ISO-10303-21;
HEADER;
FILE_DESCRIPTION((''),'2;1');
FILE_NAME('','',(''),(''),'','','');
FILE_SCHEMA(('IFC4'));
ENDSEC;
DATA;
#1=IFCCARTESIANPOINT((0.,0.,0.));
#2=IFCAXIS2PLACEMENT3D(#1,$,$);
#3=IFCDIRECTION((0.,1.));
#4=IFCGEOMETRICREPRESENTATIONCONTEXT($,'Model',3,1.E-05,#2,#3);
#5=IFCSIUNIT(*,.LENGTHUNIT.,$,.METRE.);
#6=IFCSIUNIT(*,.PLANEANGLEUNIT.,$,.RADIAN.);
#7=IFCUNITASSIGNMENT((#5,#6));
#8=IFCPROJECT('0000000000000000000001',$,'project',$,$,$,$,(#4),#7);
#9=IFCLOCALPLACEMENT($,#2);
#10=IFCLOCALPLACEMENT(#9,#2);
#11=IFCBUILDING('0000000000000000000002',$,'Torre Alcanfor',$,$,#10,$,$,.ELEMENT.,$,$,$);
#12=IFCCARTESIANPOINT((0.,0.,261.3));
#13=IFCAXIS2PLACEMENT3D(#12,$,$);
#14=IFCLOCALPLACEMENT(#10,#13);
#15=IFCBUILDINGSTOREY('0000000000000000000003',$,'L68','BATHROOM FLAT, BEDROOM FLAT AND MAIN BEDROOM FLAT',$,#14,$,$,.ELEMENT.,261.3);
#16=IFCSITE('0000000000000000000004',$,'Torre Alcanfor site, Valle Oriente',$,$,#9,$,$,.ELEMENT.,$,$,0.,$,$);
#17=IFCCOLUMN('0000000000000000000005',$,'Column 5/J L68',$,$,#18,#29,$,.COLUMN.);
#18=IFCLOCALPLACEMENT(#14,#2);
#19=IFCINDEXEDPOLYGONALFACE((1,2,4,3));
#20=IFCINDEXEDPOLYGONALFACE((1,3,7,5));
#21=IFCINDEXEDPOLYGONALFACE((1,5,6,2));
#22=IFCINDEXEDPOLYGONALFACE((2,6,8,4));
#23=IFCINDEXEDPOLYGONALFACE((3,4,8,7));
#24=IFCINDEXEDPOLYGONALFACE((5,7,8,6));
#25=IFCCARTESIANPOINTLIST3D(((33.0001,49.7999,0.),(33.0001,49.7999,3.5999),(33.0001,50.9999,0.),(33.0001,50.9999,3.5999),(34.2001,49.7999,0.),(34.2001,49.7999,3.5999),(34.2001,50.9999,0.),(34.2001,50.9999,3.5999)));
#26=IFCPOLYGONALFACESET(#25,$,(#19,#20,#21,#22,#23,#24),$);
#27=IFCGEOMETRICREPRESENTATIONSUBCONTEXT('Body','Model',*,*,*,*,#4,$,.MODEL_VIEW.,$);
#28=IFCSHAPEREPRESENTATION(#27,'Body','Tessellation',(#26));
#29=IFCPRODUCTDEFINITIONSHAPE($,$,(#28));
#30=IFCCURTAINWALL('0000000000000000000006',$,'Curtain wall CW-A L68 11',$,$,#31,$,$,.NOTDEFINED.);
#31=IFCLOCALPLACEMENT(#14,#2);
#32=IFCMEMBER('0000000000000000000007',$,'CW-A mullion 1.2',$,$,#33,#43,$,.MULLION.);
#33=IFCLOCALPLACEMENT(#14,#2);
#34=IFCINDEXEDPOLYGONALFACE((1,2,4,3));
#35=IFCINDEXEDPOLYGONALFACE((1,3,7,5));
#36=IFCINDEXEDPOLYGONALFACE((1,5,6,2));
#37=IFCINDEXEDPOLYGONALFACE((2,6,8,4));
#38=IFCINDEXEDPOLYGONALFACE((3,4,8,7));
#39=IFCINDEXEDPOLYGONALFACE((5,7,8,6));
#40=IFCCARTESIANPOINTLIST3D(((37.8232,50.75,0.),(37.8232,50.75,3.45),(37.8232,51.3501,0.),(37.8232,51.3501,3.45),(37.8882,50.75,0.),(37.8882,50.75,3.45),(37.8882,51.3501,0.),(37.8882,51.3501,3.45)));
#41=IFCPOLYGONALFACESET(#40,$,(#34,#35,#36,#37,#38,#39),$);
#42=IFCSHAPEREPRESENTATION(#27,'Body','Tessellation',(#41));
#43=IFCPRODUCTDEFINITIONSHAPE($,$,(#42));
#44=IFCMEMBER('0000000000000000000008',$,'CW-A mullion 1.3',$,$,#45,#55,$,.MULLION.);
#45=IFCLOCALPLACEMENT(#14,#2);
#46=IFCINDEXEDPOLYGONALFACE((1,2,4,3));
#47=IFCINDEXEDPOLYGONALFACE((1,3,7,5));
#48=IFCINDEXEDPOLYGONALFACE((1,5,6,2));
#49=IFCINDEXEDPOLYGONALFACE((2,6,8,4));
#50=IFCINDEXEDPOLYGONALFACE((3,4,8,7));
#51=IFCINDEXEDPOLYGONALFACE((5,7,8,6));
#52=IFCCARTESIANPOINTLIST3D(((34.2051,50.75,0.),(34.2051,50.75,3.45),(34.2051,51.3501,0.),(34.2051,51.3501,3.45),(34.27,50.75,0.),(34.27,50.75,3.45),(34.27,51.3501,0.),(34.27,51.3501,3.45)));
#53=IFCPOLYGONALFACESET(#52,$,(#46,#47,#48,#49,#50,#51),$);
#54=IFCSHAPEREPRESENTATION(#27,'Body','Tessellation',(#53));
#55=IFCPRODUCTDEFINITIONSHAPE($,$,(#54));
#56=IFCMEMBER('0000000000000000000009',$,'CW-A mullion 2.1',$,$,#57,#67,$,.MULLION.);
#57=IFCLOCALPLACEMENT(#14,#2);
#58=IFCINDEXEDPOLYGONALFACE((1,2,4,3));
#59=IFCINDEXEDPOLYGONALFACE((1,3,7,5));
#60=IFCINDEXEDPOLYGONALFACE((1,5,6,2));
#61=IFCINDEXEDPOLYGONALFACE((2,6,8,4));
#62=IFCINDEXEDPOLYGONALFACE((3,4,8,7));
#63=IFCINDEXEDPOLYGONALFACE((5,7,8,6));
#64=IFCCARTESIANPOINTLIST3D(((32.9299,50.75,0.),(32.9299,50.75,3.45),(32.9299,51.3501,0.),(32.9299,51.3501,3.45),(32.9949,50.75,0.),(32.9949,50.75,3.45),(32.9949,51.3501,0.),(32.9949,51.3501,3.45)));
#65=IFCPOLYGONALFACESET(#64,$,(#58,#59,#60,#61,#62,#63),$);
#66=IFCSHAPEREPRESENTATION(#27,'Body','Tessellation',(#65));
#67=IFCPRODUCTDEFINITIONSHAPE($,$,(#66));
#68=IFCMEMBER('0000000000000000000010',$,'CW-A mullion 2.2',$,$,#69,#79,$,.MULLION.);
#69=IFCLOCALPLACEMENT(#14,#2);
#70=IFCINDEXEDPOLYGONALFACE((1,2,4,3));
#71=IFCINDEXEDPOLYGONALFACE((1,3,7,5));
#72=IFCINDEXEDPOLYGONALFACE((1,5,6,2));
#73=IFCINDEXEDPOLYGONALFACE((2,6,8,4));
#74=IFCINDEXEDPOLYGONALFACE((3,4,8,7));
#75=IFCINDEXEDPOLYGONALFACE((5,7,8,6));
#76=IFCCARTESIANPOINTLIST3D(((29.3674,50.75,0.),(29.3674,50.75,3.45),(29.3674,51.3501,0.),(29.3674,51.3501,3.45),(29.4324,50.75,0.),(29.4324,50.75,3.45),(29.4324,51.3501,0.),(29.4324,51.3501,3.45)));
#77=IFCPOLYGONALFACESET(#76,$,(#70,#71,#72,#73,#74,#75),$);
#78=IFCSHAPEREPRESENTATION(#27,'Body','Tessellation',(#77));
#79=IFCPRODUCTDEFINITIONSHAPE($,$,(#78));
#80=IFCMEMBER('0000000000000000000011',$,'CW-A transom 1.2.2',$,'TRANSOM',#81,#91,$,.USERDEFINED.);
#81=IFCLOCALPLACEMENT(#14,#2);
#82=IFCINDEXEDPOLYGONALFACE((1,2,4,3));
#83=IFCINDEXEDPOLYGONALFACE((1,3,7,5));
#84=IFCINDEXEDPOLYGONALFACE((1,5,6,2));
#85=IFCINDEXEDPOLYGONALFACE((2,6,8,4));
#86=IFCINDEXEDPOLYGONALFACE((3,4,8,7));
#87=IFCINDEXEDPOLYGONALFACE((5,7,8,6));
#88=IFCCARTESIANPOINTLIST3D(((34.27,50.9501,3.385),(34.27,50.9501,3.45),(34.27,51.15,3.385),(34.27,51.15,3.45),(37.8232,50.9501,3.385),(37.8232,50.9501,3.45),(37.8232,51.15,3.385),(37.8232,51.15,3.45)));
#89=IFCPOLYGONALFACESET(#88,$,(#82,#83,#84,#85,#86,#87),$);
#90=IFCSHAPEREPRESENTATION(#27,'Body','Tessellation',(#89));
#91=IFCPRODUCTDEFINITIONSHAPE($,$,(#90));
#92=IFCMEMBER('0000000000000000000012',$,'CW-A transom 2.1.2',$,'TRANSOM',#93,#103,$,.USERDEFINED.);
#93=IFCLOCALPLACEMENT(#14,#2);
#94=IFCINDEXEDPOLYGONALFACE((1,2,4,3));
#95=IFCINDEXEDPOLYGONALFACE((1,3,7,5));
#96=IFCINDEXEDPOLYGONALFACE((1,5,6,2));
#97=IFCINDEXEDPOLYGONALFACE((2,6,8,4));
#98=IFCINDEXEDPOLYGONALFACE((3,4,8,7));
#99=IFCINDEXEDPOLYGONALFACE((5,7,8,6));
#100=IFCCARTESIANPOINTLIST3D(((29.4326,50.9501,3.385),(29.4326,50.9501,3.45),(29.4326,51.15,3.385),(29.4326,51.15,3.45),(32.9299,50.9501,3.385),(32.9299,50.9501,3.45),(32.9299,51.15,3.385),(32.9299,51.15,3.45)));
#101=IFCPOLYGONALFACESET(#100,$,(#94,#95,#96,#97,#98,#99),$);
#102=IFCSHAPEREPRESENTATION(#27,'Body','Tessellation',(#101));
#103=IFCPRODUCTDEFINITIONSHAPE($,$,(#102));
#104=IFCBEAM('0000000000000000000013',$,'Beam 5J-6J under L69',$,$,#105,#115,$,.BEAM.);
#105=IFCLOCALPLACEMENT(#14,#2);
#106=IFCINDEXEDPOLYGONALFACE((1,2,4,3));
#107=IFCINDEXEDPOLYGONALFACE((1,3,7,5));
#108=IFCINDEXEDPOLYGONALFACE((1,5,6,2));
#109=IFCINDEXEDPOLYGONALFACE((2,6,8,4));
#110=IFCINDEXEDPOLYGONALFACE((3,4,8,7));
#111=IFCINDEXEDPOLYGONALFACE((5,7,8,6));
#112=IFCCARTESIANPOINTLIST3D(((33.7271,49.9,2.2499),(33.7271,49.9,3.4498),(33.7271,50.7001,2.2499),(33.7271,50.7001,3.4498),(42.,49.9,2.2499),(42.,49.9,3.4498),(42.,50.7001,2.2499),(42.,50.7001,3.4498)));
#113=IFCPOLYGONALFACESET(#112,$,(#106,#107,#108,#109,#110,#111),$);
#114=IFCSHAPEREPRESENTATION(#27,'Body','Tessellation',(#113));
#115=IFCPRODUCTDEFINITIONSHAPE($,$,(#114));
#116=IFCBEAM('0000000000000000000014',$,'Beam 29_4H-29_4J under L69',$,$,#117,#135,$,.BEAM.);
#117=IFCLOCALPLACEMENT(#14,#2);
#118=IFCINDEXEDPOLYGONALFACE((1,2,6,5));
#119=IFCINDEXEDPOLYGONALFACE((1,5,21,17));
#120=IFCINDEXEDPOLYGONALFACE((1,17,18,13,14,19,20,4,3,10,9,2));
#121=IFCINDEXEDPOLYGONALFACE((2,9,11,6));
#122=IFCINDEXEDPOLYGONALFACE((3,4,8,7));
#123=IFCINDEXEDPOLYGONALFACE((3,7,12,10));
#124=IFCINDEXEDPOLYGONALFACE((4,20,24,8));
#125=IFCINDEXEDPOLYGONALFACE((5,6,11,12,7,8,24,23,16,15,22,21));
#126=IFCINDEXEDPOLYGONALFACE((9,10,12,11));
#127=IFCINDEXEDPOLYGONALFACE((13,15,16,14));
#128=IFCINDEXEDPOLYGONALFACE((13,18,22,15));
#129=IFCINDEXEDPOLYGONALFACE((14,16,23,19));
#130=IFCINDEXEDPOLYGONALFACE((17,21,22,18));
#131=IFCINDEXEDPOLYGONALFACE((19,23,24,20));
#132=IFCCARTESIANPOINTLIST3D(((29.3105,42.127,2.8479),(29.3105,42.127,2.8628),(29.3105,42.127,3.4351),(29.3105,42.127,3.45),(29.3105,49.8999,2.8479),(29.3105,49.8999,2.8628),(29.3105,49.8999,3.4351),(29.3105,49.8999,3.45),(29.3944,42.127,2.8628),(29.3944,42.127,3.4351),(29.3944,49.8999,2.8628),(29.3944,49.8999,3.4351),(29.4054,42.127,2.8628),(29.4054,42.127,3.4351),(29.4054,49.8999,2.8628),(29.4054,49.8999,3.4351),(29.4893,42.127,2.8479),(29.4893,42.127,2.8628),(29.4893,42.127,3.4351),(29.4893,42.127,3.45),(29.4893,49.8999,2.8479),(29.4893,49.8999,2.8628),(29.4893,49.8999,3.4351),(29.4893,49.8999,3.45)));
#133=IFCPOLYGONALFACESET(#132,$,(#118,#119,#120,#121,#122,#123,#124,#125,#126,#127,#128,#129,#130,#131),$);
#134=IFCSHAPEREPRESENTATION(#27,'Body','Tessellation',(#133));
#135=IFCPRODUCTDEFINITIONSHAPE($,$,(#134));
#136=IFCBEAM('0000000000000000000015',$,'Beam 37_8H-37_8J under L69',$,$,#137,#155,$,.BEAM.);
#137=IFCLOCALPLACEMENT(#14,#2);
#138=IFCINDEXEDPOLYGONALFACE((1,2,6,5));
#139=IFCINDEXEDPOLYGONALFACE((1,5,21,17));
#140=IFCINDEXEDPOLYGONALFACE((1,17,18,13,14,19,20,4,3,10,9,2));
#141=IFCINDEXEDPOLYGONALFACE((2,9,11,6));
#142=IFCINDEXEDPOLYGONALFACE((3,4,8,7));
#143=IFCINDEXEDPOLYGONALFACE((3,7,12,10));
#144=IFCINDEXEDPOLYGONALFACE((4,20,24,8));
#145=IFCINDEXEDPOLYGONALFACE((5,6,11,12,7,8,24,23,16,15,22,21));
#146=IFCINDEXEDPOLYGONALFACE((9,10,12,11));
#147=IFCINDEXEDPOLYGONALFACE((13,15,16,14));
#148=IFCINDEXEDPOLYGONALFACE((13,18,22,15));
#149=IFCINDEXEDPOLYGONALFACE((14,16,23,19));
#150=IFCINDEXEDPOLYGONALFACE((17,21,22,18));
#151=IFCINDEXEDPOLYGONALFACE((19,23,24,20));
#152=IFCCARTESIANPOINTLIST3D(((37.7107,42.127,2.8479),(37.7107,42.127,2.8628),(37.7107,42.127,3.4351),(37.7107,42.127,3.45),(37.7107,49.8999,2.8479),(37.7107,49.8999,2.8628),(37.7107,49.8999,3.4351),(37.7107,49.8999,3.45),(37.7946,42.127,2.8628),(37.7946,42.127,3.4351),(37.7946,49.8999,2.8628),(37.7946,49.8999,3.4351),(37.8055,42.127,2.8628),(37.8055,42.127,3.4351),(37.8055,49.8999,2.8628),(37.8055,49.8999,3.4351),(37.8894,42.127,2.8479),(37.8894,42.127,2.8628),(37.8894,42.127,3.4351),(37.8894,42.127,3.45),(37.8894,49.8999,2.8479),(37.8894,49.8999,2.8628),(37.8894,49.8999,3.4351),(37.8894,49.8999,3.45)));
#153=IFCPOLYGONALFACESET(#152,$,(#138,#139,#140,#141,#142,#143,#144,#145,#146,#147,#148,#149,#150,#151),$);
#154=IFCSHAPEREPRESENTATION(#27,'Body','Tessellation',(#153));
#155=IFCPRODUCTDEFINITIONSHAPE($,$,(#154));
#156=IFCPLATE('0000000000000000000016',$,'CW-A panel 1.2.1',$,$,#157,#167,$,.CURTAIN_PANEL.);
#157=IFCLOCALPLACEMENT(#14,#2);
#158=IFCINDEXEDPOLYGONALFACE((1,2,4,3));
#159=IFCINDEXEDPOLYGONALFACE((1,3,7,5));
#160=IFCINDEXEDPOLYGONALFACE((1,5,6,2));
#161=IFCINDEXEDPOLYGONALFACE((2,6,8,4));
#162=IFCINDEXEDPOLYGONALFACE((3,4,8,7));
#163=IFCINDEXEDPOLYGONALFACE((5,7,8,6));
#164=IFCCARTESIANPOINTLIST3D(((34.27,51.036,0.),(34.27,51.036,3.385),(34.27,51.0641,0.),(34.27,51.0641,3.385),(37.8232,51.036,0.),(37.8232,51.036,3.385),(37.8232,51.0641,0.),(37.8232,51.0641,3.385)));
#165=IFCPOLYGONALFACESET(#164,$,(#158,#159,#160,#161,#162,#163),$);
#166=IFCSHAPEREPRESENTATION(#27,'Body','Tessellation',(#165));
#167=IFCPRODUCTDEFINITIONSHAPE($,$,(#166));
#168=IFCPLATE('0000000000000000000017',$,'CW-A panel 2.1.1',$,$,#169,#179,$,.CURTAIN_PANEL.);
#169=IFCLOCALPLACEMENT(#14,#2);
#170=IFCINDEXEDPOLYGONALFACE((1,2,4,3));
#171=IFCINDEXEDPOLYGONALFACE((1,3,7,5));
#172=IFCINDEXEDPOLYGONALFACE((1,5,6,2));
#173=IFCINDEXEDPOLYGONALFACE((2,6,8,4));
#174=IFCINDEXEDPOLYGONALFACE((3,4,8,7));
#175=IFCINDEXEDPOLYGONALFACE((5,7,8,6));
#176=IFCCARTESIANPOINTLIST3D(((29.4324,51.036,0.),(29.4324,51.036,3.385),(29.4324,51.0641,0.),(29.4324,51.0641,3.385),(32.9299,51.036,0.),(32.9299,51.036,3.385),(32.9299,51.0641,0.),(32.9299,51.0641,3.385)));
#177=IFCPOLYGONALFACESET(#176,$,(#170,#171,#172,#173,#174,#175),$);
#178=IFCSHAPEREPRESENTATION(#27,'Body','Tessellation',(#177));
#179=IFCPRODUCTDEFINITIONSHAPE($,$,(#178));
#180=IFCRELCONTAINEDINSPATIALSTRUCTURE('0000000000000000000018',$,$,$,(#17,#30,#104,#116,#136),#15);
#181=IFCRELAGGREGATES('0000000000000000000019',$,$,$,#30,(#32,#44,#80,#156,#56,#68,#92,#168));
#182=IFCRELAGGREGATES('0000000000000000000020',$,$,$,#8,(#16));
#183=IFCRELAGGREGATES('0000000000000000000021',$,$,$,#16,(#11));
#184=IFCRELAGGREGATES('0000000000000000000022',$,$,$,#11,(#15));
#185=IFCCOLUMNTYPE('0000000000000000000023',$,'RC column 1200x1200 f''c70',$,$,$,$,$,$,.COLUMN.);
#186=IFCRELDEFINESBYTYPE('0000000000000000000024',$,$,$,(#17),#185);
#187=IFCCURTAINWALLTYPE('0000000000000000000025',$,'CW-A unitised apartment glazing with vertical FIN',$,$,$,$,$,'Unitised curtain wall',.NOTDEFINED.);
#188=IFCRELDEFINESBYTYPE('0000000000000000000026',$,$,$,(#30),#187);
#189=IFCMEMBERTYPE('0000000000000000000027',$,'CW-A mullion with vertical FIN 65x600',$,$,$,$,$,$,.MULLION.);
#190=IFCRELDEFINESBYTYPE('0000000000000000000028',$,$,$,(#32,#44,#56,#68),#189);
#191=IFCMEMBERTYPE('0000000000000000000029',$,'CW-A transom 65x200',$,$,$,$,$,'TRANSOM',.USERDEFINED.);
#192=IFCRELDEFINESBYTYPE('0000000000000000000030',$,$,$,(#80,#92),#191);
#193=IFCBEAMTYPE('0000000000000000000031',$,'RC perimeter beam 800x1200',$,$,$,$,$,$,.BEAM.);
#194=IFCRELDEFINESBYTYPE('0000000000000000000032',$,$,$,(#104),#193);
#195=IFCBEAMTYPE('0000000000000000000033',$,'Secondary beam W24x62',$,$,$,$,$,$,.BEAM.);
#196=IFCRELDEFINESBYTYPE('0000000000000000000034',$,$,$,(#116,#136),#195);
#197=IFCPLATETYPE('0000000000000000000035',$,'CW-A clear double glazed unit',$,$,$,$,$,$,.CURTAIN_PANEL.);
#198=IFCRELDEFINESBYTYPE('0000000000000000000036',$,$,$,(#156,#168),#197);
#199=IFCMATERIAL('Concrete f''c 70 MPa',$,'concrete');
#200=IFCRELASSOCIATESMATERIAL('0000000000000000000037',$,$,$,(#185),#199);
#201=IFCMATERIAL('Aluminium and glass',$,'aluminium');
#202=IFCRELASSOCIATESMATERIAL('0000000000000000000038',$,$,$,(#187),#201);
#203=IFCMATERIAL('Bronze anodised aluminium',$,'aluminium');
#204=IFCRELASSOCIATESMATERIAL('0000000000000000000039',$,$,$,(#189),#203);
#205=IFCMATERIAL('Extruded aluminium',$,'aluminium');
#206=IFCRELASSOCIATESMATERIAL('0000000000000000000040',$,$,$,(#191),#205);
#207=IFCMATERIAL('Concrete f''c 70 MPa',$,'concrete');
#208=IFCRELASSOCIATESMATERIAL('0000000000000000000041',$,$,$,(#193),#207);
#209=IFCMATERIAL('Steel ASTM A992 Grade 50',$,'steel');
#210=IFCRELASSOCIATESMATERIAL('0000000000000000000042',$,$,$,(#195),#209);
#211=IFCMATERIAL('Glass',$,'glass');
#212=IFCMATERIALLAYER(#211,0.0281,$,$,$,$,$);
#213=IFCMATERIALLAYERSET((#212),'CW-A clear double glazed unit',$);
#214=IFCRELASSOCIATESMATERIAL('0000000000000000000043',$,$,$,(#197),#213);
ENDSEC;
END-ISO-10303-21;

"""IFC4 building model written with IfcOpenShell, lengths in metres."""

from ifc_helpers import new_model, si_unit, direction, frame, origin, origin_2d, place, context, subcontext, project, spatial, rectangle, i_section, extrude, material, layer, layer_set, material_profile, profile_set, type_object, element, aggregate, save


model = new_model("IFC4")

# Units and contexts
model_context = context("Model", 3, precision=1e-05, world=origin(), true_north=direction((0.0, 1.0)))
body_context = subcontext(model_context, "Body", "Model", "MODEL_VIEW")
ifc_project = project(units=[si_unit("LENGTHUNIT", "METRE"), si_unit("PLANEANGLEUNIT", "RADIAN")], contexts=[model_context])

# Site, building, storey
site_placement = place(None, origin())
site = spatial("IfcSite", under=ifc_project, at=site_placement, Name="Torre Alcanfor site, Valle Oriente", CompositionType="ELEMENT", RefElevation=0.0)
building_placement = place(site_placement, origin())
building = spatial("IfcBuilding", under=site, at=building_placement, Name="Torre Alcanfor", CompositionType="ELEMENT")
storey_placement = place(building_placement, frame((0.0, 0.0, 261.3)))
storey = spatial("IfcBuildingStorey", under=building, at=storey_placement, Name="L68", Description="BATHROOM FLAT, BEDROOM FLAT AND MAIN BEDROOM FLAT", CompositionType="ELEMENT", Elevation=261.3)

# Column
ifc_material_1 = material(Name="Concrete f'c 70 MPa", Category="concrete")
ifc_material_profile_1 = material_profile(ifc_material_1, rectangle(XDim=1.2, YDim=1.2, at=origin_2d()), Name="1200x1200")
ifc_profile_set_1 = profile_set([ifc_material_profile_1], Name="Concrete f'c 70 MPa")
column_type = type_object("IfcColumnType", Name="RC column 1200x1200 f'c70", PredefinedType="COLUMN", material=ifc_profile_set_1)
column_placement = place(storey_placement, frame((33.6001, 50.3999, 0.0), z_axis=(0.0, 0.0, 1.0), x_axis=(1.0, 0.0, 0.0)))
element("IfcColumn", 1, at=column_placement, inside=storey, type_object=column_type, Name="Column 5/J L68", PredefinedType="COLUMN", context=body_context, shape_type="SweptSolid", body=[
    extrude(rectangle(XDim=1.2, YDim=1.2, at=origin_2d()), origin(), (0.0, 0.0, 1.0), 3.5999),
])

# Curtain wall, members
ifc_material_2 = material(Name="Aluminium and glass", Category="aluminium")
curtain_wall_type = type_object("IfcCurtainWallType", Name="CW-A unitised apartment glazing with vertical FIN", ElementType="Unitised curtain wall", PredefinedType="NOTDEFINED", material=ifc_material_2)
curtain_wall_placement = place(storey_placement, origin())
curtain_wall = element("IfcCurtainWall", 2, at=curtain_wall_placement, inside=storey, type_object=curtain_wall_type, Name="Curtain wall CW-A L68 11", PredefinedType="NOTDEFINED")
ifc_material_3 = material(Name="Bronze anodised aluminium", Category="aluminium")
ifc_material_profile_2 = material_profile(ifc_material_3, rectangle(XDim=0.6001, YDim=0.0649, at=origin_2d()), Name="CW-A mullion 65x600")
ifc_profile_set_2 = profile_set([ifc_material_profile_2], Name="Bronze anodised aluminium")
member_type_1 = type_object("IfcMemberType", Name="CW-A mullion with vertical FIN 65x600", PredefinedType="MULLION", material=ifc_profile_set_2)
member_1_placement = place(storey_placement, frame((37.8557, 51.05, 0.0), z_axis=(0.0, 0.0, 1.0), x_axis=(0.0, -1.0, 0.0)))
member_1 = element("IfcMember", 3, at=member_1_placement, type_object=member_type_1, Name="CW-A mullion 1.2", PredefinedType="MULLION", context=body_context, shape_type="SweptSolid", body=[
    extrude(rectangle(XDim=0.6001, YDim=0.0649, at=origin_2d()), origin(), (0.0, 0.0, 1.0), 3.45),
])
member_2_placement = place(storey_placement, frame((34.2375, 51.05, 0.0), z_axis=(0.0, 0.0, 1.0), x_axis=(0.0, -1.0, 0.0)))
member_2 = element("IfcMember", 4, at=member_2_placement, type_object=member_type_1, Name="CW-A mullion 1.3", PredefinedType="MULLION", context=body_context, shape_type="SweptSolid", body=[
    extrude(rectangle(XDim=0.6001, YDim=0.0649, at=origin_2d()), origin(), (0.0, 0.0, 1.0), 3.45),
])
member_3_placement = place(storey_placement, frame((32.9624, 51.05, 0.0), z_axis=(0.0, 0.0, 1.0), x_axis=(0.0, -1.0, 0.0)))
member_3 = element("IfcMember", 5, at=member_3_placement, type_object=member_type_1, Name="CW-A mullion 2.1", PredefinedType="MULLION", context=body_context, shape_type="SweptSolid", body=[
    extrude(rectangle(XDim=0.6001, YDim=0.0649, at=origin_2d()), origin(), (0.0, 0.0, 1.0), 3.45),
])
member_4_placement = place(storey_placement, frame((29.3999, 51.05, 0.0), z_axis=(0.0, 0.0, 1.0), x_axis=(0.0, -1.0, 0.0)))
member_4 = element("IfcMember", 6, at=member_4_placement, type_object=member_type_1, Name="CW-A mullion 2.2", PredefinedType="MULLION", context=body_context, shape_type="SweptSolid", body=[
    extrude(rectangle(XDim=0.6001, YDim=0.0649, at=origin_2d()), origin(), (0.0, 0.0, 1.0), 3.45),
])
ifc_material_4 = material(Name="Extruded aluminium", Category="aluminium")
ifc_material_profile_3 = material_profile(ifc_material_4, rectangle(XDim=0.2, YDim=0.0649, at=origin_2d()), Name="CW-A transom 200x65")
ifc_profile_set_3 = profile_set([ifc_material_profile_3], Name="Extruded aluminium")
member_type_2 = type_object("IfcMemberType", Name="CW-A transom 65x200", ElementType="TRANSOM", PredefinedType="USERDEFINED", material=ifc_profile_set_3)
member_5_placement = place(storey_placement, frame((37.8232, 51.05, 3.4175), z_axis=(-1.0, 0.0, 0.0), x_axis=(0.0, -1.0, 0.0)))
member_5 = element("IfcMember", 7, at=member_5_placement, type_object=member_type_2, Name="CW-A transom 1.2.2", ObjectType="TRANSOM", PredefinedType="USERDEFINED", context=body_context, shape_type="SweptSolid", body=[
    extrude(rectangle(XDim=0.2, YDim=0.0649, at=origin_2d()), origin(), (0.0, 0.0, 1.0), 3.5532),
])
member_6_placement = place(storey_placement, frame((32.9299, 51.05, 3.4175), z_axis=(-1.0, 0.0, 0.0), x_axis=(0.0, -1.0, 0.0)))
member_6 = element("IfcMember", 8, at=member_6_placement, type_object=member_type_2, Name="CW-A transom 2.1.2", ObjectType="TRANSOM", PredefinedType="USERDEFINED", context=body_context, shape_type="SweptSolid", body=[
    extrude(rectangle(XDim=0.2, YDim=0.0649, at=origin_2d()), origin(), (0.0, 0.0, 1.0), 3.4973),
])

# Beams
ifc_material_5 = material(Name="Concrete f'c 70 MPa", Category="concrete")
ifc_material_profile_4 = material_profile(ifc_material_5, rectangle(XDim=0.8, YDim=1.2, at=origin_2d()), Name="800x1200")
ifc_profile_set_4 = profile_set([ifc_material_profile_4], Name="Concrete f'c 70 MPa")
beam_type_1 = type_object("IfcBeamType", Name="RC perimeter beam 800x1200", PredefinedType="BEAM", material=ifc_profile_set_4)
beam_placement = place(storey_placement, frame((33.7271, 50.3, 2.8499), z_axis=(1.0, 0.0, 0.0), x_axis=(0.0, 1.0, 0.0)))
element("IfcBeam", 9, at=beam_placement, inside=storey, type_object=beam_type_1, Name="Beam 5J-6J under L69", PredefinedType="BEAM", context=body_context, shape_type="SweptSolid", body=[
    extrude(rectangle(XDim=0.8, YDim=1.2, at=origin_2d()), origin(), (0.0, 0.0, 1.0), 8.2729),
])
ifc_material_6 = material(Name="Steel ASTM A992 Grade 50", Category="steel")
ifc_material_profile_5 = material_profile(ifc_material_6, i_section(OverallWidth=0.1787, OverallDepth=0.6021, WebThickness=0.011, FlangeThickness=0.0149, at=origin_2d()), Name="W24x62")
ifc_profile_set_5 = profile_set([ifc_material_profile_5], Name="Steel ASTM A992 Grade 50")
beam_type_2 = type_object("IfcBeamType", Name="Secondary beam W24x62", PredefinedType="BEAM", material=ifc_profile_set_5)
for number, where, z_axis, x_axis, name in (
    (10, (29.3999, 42.127, 3.1489), (0.0, 1.0, 0.0), (-1.0, 0.0, 0.0), "Beam 29_4H-29_4J under L69"),
    (11, (37.8, 42.127, 3.1489), (0.0, 1.0, 0.0), (-1.0, 0.0, 0.0), "Beam 37_8H-37_8J under L69"),
):
    element("IfcBeam", number, at=place(storey_placement, frame(where, z_axis=z_axis, x_axis=x_axis)), inside=storey, type_object=beam_type_2, Name=name, PredefinedType="BEAM", context=body_context, shape_type="SweptSolid", body=[
        extrude(i_section(OverallWidth=0.1787, OverallDepth=0.6021, WebThickness=0.011, FlangeThickness=0.0149, at=origin_2d()), origin(), (0.0, 0.0, 1.0), 7.7729),
    ])

# Plates
ifc_material_7 = material(Name="Glass", Category="glass")
ifc_layer_1 = layer(ifc_material_7, 0.0281)
ifc_layer_set_1 = layer_set([ifc_layer_1], Name="CW-A clear double glazed unit")
plate_type = type_object("IfcPlateType", Name="CW-A clear double glazed unit", PredefinedType="CURTAIN_PANEL", material=ifc_layer_set_1)
plate_1_placement = place(storey_placement, frame((36.0466, 51.05, 0.0), z_axis=(0.0, 0.0, 1.0), x_axis=(-1.0, 0.0, 0.0)))
plate_1 = element("IfcPlate", 12, at=plate_1_placement, type_object=plate_type, Name="CW-A panel 1.2.1", PredefinedType="CURTAIN_PANEL", context=body_context, shape_type="SweptSolid", body=[
    extrude(rectangle(XDim=3.5532, YDim=0.0281, at=origin_2d()), origin(), (0.0, 0.0, 1.0), 3.385),
])
plate_2_placement = place(storey_placement, frame((31.1812, 51.05, 0.0), z_axis=(0.0, 0.0, 1.0), x_axis=(-1.0, 0.0, 0.0)))
plate_2 = element("IfcPlate", 13, at=plate_2_placement, type_object=plate_type, Name="CW-A panel 2.1.1", PredefinedType="CURTAIN_PANEL", context=body_context, shape_type="SweptSolid", body=[
    extrude(rectangle(XDim=3.4976, YDim=0.0281, at=origin_2d()), origin(), (0.0, 0.0, 1.0), 3.385),
])
aggregate(curtain_wall, [member_1, member_2, member_5, plate_1, member_3, member_4, member_6, plate_2])

save(model, "model.ifc")
